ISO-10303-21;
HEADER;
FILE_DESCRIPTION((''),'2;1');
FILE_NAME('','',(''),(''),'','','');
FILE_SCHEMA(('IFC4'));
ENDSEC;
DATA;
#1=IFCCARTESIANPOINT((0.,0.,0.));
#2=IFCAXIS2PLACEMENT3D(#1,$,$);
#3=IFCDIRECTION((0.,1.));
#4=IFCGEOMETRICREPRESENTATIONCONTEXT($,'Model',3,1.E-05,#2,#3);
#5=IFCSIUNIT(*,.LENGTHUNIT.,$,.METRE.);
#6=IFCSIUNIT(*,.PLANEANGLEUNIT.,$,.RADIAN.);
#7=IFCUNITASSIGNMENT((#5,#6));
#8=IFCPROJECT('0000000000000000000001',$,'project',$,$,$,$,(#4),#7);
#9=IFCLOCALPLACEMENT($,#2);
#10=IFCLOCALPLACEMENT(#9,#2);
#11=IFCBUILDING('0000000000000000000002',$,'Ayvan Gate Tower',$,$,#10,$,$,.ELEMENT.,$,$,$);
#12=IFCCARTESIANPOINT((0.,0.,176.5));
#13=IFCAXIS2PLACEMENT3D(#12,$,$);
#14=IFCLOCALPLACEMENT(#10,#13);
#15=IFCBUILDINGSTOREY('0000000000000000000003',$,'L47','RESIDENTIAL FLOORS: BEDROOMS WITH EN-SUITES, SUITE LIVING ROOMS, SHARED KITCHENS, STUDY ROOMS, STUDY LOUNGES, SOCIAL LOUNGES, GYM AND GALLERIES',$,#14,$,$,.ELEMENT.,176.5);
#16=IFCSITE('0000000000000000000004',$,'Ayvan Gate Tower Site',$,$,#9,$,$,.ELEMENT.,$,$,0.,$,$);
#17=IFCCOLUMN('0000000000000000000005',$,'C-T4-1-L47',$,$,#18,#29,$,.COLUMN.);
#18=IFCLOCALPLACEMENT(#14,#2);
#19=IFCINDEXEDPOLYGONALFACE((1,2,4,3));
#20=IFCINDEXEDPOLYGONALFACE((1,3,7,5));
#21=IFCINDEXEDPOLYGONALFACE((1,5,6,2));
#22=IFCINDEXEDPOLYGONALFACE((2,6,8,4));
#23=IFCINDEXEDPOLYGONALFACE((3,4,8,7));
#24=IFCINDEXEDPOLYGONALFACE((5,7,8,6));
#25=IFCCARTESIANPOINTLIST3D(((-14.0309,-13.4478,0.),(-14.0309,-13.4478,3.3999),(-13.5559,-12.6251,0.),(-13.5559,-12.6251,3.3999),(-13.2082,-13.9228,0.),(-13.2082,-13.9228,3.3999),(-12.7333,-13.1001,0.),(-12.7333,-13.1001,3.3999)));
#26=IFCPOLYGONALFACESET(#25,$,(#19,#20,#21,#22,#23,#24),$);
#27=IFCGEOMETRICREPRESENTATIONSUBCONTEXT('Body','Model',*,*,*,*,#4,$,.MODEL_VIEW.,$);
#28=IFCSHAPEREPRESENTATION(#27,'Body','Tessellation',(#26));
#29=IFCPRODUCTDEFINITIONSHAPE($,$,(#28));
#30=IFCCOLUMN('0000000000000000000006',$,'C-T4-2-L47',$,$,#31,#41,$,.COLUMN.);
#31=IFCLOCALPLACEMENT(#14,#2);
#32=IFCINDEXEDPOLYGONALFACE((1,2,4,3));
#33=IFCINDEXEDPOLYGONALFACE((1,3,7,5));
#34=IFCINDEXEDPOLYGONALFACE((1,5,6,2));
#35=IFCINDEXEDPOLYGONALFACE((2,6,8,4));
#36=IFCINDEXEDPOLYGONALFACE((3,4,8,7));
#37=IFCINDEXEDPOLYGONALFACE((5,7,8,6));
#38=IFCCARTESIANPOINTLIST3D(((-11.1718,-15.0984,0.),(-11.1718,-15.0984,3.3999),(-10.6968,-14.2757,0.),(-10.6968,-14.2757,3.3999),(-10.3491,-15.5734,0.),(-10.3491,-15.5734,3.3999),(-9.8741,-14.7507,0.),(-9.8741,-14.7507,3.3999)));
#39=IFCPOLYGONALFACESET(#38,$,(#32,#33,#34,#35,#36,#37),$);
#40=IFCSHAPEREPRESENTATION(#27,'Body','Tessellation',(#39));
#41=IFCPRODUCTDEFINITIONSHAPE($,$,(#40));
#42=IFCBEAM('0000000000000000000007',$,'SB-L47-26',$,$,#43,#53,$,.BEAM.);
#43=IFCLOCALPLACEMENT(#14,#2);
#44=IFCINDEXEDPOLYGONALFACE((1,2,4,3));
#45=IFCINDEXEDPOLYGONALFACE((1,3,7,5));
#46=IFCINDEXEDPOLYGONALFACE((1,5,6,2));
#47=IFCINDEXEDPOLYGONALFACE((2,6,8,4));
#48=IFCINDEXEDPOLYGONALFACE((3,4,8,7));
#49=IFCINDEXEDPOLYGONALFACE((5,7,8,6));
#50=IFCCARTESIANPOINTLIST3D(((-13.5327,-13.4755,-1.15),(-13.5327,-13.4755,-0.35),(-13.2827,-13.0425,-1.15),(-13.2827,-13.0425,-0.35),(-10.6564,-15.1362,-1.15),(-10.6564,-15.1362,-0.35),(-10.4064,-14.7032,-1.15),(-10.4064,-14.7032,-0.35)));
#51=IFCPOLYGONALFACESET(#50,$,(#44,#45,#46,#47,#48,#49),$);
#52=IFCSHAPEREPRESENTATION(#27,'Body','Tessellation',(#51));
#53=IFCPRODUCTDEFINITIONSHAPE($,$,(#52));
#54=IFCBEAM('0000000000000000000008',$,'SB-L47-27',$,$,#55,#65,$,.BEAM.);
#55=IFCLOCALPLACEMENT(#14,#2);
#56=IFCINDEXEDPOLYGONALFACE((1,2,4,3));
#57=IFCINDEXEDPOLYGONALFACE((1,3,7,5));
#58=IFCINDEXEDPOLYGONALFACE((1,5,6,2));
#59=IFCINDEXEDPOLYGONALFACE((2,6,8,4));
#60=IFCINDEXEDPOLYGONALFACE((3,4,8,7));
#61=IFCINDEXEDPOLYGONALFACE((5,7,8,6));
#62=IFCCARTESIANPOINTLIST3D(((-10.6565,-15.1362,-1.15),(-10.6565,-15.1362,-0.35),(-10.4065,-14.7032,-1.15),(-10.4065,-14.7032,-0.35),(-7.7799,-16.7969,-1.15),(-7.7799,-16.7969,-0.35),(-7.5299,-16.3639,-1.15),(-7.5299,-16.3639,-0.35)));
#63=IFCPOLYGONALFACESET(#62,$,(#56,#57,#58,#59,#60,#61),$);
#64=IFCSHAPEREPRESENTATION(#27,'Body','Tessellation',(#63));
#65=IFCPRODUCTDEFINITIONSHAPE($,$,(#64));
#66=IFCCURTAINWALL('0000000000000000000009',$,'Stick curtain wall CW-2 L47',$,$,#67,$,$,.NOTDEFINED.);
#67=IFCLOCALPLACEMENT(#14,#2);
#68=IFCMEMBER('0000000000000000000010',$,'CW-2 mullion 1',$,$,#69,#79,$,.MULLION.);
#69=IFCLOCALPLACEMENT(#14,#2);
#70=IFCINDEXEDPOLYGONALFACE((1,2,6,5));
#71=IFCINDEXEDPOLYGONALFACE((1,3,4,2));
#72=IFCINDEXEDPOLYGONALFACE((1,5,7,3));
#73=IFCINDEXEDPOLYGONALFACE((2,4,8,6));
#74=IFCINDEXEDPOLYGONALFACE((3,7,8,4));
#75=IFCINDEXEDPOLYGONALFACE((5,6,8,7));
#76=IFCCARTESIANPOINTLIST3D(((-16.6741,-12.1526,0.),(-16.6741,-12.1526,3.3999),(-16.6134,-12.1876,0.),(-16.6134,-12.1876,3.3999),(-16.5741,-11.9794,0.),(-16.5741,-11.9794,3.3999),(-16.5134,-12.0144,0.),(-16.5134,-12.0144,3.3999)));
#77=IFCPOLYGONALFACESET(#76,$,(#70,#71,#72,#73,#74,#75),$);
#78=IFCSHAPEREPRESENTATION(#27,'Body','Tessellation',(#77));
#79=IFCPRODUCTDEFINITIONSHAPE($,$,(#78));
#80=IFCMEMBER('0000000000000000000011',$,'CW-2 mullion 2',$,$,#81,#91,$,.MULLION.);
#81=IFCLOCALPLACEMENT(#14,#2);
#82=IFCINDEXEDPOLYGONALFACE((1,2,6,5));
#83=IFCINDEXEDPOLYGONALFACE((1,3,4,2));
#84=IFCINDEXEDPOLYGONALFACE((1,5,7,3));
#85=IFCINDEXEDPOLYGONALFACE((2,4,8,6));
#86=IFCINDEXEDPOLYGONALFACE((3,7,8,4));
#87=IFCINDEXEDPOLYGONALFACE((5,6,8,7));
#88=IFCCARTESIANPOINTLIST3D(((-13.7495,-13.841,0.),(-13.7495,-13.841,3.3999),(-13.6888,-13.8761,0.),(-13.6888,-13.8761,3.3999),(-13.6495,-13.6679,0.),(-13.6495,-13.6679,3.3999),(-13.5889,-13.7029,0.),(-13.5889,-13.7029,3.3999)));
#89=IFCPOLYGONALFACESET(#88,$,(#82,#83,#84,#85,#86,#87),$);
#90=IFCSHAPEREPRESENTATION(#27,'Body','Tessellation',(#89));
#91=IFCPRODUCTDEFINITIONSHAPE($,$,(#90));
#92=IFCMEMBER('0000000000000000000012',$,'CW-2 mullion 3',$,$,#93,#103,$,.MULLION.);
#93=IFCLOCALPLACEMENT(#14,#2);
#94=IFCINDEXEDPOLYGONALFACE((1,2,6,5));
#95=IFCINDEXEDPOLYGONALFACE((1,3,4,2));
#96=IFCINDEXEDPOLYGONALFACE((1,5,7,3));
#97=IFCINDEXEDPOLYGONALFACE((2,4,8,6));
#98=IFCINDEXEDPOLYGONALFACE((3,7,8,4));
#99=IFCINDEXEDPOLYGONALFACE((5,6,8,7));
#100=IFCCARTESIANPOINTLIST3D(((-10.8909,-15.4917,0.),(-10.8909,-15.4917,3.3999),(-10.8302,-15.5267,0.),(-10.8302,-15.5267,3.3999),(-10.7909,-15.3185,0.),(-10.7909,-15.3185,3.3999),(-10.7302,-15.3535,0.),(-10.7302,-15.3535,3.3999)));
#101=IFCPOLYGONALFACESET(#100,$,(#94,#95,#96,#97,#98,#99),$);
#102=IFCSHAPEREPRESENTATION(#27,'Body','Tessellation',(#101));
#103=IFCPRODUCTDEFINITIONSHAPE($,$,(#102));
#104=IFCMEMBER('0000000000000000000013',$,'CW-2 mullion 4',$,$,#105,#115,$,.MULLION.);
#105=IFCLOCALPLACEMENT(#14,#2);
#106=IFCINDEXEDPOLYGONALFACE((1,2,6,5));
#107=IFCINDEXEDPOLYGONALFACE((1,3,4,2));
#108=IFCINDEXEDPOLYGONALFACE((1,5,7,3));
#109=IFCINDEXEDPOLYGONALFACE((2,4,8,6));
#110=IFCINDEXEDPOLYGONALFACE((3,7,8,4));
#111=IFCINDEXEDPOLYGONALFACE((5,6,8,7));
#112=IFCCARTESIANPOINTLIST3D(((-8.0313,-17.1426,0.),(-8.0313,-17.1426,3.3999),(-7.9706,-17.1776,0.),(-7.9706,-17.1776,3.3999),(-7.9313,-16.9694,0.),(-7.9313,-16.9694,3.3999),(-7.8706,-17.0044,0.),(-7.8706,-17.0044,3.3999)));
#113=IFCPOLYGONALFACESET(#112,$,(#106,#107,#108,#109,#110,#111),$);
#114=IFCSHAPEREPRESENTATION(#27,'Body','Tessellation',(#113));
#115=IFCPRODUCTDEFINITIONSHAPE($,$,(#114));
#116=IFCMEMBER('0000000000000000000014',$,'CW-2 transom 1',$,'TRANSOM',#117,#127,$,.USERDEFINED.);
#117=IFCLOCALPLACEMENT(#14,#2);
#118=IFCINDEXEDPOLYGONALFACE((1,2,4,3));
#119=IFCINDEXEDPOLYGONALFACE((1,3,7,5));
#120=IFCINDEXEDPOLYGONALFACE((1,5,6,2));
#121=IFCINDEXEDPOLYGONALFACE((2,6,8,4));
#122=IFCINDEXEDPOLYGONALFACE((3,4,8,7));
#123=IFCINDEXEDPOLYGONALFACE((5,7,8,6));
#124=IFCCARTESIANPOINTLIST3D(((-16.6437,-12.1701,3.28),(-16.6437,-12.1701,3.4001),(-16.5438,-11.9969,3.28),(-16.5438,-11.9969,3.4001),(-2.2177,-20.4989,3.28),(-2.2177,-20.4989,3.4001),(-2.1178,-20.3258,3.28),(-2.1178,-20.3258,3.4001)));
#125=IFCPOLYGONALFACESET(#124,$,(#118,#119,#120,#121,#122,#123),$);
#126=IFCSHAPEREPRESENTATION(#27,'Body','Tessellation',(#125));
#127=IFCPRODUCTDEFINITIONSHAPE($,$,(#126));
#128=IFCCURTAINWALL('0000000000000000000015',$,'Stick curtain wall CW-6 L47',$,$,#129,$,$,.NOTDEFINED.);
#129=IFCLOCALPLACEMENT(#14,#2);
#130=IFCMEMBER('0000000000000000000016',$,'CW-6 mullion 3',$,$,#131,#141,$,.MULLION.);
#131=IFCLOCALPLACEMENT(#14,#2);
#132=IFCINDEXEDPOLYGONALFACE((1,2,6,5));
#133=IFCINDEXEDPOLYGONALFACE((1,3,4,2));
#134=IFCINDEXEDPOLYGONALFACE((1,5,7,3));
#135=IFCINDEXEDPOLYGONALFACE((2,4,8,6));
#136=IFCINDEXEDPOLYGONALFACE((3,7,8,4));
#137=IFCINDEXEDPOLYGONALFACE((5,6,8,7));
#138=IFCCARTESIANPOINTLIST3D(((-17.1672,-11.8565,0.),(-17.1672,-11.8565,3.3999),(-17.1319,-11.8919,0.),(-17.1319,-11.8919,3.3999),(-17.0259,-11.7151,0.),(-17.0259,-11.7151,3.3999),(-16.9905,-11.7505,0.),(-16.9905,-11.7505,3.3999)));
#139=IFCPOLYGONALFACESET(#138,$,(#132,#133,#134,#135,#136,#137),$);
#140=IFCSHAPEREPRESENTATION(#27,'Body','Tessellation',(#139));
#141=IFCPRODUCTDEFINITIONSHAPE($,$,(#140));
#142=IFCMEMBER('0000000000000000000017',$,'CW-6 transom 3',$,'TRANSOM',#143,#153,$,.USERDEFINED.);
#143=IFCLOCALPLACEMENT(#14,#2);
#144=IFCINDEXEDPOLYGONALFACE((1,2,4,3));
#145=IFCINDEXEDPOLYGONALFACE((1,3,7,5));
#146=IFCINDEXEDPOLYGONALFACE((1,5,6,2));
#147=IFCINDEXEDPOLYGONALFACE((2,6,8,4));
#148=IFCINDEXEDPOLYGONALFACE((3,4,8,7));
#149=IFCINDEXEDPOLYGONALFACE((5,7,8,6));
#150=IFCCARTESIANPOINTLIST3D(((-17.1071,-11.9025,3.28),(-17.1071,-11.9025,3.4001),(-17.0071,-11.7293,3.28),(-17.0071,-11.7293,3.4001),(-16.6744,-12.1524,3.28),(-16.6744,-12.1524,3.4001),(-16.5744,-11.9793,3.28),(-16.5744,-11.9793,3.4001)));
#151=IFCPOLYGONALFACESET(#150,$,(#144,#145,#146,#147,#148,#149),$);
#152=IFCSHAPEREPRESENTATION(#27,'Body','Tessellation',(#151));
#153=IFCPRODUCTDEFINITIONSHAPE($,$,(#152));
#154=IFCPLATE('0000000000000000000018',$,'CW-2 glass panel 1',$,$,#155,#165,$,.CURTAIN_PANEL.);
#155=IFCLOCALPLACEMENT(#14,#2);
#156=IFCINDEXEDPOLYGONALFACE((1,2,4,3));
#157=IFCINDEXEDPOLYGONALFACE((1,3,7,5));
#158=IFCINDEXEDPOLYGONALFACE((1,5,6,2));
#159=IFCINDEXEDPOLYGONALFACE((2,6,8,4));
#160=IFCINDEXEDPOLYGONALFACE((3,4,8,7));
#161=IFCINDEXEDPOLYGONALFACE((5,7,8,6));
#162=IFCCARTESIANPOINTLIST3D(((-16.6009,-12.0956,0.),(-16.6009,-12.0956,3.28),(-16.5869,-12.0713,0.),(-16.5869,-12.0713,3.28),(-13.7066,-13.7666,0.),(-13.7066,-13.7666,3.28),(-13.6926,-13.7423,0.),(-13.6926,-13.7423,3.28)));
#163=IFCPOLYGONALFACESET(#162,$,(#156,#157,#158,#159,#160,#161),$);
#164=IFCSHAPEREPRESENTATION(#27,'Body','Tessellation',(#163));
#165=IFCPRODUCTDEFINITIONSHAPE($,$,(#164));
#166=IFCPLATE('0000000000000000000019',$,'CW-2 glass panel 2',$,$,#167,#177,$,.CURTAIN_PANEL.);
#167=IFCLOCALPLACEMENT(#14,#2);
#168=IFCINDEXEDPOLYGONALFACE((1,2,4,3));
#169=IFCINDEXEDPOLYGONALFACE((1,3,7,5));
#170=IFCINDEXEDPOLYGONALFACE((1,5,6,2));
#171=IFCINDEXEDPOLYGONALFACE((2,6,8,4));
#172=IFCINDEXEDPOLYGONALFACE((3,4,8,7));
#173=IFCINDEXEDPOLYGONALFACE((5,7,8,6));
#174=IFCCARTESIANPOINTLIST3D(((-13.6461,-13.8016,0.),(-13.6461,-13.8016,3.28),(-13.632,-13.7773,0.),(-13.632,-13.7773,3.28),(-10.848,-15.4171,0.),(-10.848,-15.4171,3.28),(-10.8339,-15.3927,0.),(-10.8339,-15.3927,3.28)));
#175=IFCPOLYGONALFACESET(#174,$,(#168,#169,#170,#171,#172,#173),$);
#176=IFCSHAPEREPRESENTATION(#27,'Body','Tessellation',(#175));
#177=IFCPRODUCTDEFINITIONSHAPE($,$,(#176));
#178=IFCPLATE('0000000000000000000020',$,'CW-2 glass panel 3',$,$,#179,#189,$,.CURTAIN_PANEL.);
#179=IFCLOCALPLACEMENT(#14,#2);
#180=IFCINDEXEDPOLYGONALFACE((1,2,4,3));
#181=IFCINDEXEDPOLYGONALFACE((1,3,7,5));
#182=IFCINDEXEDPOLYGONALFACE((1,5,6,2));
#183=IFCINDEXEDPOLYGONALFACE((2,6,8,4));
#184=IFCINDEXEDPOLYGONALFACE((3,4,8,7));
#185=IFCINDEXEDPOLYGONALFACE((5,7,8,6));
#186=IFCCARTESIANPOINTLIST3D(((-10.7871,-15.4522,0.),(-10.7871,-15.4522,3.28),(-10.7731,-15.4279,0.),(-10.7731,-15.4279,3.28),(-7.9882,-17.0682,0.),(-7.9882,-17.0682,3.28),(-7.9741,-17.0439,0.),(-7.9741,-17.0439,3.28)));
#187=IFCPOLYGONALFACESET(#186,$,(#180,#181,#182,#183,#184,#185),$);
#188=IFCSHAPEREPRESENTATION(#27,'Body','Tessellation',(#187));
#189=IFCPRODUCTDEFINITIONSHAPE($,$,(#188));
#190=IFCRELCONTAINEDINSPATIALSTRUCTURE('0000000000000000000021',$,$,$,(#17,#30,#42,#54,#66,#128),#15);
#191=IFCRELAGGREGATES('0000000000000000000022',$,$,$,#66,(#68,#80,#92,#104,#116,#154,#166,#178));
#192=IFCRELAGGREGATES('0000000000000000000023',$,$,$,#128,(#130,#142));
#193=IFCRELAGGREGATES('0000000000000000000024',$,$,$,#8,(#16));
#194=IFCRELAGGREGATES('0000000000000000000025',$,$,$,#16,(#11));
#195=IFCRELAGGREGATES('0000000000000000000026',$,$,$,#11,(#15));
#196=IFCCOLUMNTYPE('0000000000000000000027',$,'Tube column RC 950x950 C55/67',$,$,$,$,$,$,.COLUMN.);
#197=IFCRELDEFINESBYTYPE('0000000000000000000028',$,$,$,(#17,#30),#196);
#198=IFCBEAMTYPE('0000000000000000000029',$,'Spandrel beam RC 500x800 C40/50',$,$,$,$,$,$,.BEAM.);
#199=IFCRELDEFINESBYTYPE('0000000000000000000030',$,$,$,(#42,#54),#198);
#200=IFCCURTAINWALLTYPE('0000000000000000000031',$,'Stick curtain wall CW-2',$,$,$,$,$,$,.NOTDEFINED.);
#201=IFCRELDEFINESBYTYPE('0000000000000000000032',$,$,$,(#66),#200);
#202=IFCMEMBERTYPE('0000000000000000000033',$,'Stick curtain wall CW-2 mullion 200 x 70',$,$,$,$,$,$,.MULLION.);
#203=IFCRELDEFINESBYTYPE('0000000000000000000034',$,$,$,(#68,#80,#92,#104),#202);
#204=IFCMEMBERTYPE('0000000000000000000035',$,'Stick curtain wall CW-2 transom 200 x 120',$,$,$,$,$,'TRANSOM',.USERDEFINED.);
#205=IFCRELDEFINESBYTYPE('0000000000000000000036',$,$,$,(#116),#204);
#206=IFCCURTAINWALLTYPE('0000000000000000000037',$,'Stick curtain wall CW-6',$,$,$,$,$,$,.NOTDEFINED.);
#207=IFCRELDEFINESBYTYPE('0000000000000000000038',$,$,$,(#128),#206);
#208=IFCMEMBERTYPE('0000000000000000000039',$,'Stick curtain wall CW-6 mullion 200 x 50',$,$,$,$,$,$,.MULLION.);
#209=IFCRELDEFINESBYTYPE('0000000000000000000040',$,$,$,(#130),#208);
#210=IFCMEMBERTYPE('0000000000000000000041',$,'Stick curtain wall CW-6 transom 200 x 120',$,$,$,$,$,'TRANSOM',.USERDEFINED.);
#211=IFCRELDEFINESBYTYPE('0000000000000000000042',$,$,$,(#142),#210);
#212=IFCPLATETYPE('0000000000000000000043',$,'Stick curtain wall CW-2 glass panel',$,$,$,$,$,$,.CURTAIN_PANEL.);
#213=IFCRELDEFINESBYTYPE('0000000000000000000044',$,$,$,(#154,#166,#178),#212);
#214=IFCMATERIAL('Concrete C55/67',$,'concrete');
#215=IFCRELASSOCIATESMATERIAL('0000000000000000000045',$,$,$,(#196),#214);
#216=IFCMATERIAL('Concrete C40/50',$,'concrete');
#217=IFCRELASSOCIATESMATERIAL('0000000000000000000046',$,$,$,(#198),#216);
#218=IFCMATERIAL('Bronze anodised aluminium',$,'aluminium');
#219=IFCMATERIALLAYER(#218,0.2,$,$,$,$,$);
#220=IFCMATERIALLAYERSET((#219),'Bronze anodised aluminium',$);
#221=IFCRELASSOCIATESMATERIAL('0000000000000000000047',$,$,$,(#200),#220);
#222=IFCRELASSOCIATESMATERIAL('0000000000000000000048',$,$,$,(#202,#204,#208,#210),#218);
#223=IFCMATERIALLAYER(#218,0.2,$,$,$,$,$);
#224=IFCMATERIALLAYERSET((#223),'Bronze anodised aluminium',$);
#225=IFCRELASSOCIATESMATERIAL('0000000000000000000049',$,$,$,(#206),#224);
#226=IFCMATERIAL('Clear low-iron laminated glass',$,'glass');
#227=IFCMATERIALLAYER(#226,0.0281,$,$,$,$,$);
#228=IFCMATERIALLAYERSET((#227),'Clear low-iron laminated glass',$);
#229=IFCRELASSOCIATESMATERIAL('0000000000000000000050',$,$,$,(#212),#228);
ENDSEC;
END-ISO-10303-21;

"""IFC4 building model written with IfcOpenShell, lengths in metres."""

from ifc_helpers import new_model, si_unit, direction, frame, origin, origin_2d, place, context, subcontext, project, spatial, rectangle, extrude, material, layer, layer_set, material_profile, profile_set, type_object, element, aggregate, save


model = new_model("IFC4")

# Units and contexts
model_context = context("Model", 3, precision=1e-05, world=origin(), true_north=direction((0.0, 1.0)))
body_context = subcontext(model_context, "Body", "Model", "MODEL_VIEW")
ifc_project = project(units=[si_unit("LENGTHUNIT", "METRE"), si_unit("PLANEANGLEUNIT", "RADIAN")], contexts=[model_context])

# Site, building, storey
site_placement = place(None, origin())
site = spatial("IfcSite", under=ifc_project, at=site_placement, Name="Ayvan Gate Tower Site", CompositionType="ELEMENT", RefElevation=0.0)
building_placement = place(site_placement, origin())
building = spatial("IfcBuilding", under=site, at=building_placement, Name="Ayvan Gate Tower", CompositionType="ELEMENT")
storey_placement = place(building_placement, frame((0.0, 0.0, 176.5)))
storey = spatial("IfcBuildingStorey", under=building, at=storey_placement, Name="L47", Description="RESIDENTIAL FLOORS: BEDROOMS WITH EN-SUITES, SUITE LIVING ROOMS, SHARED KITCHENS, STUDY ROOMS, STUDY LOUNGES, SOCIAL LOUNGES, GYM AND GALLERIES", CompositionType="ELEMENT", Elevation=176.5)

# Columns
ifc_material_1 = material(Name="Concrete C55/67", Category="concrete")
ifc_material_profile_1 = material_profile(ifc_material_1, rectangle(XDim=0.95, YDim=0.95, at=origin_2d()), Name="RC 950x950")
ifc_profile_set_1 = profile_set([ifc_material_profile_1], Name="Concrete C55/67")
column_type = type_object("IfcColumnType", Name="Tube column RC 950x950 C55/67", PredefinedType="COLUMN", material=ifc_profile_set_1)
for number, where, z_axis, x_axis, name in (
    (1, (-13.3821, -13.2739, 0.0), (0.0, 0.0, 1.0), (-0.5, -0.866025, 0.0), "C-T4-1-L47"),
    (2, (-10.5229, -14.9246, 0.0), (0.0, 0.0, 1.0), (-0.5, -0.866025, 0.0), "C-T4-2-L47"),
):
    element("IfcColumn", number, at=place(storey_placement, frame(where, z_axis=z_axis, x_axis=x_axis)), inside=storey, type_object=column_type, Name=name, PredefinedType="COLUMN", context=body_context, shape_type="SweptSolid", body=[
        extrude(rectangle(XDim=0.95, YDim=0.95, at=origin_2d()), origin(), (0.0, 0.0, 1.0), 3.3999),
    ])

# Beams
ifc_material_2 = material(Name="Concrete C40/50", Category="concrete")
ifc_material_profile_2 = material_profile(ifc_material_2, rectangle(XDim=0.5, YDim=0.8, at=origin_2d()), Name="RC 500x800")
ifc_profile_set_2 = profile_set([ifc_material_profile_2], Name="Concrete C40/50")
beam_type = type_object("IfcBeamType", Name="Spandrel beam RC 500x800 C40/50", PredefinedType="BEAM", material=ifc_profile_set_2)
beam_1_placement = place(storey_placement, frame((-13.4077, -13.259, -0.75), z_axis=(0.866018, -0.500013, 0.0), x_axis=(0.500013, 0.866018, 0.0)))
element("IfcBeam", 3, at=beam_1_placement, inside=storey, type_object=beam_type, Name="SB-L47-26", PredefinedType="BEAM", context=body_context, shape_type="SweptSolid", body=[
    extrude(rectangle(XDim=0.5, YDim=0.8, at=origin_2d()), origin(), (0.0, 0.0, 1.0), 3.3213),
])
beam_2_placement = place(storey_placement, frame((-10.5315, -14.9197, -0.75), z_axis=(0.866036, -0.499981, 0.0), x_axis=(0.499981, 0.866036, 0.0)))
element("IfcBeam", 4, at=beam_2_placement, inside=storey, type_object=beam_type, Name="SB-L47-27", PredefinedType="BEAM", context=body_context, shape_type="SweptSolid", body=[
    extrude(rectangle(XDim=0.5, YDim=0.8, at=origin_2d()), origin(), (0.0, 0.0, 1.0), 3.3215),
])

# Curtain walls, members
ifc_material_3 = material(Name="Bronze anodised aluminium", Category="aluminium")
ifc_layer_1 = layer(ifc_material_3, 0.2)
ifc_layer_set_1 = layer_set([ifc_layer_1], Name="Bronze anodised aluminium")
curtain_wall_type_1 = type_object("IfcCurtainWallType", Name="Stick curtain wall CW-2", PredefinedType="NOTDEFINED", material=ifc_layer_set_1)
curtain_wall_1_placement = place(storey_placement, origin())
curtain_wall_1 = element("IfcCurtainWall", 5, at=curtain_wall_1_placement, inside=storey, type_object=curtain_wall_type_1, Name="Stick curtain wall CW-2 L47", PredefinedType="NOTDEFINED")
ifc_material_profile_3 = material_profile(ifc_material_3, rectangle(XDim=0.2, YDim=0.0701, at=origin_2d()), Name="Stick curtain wall CW-2 mullion 200 x 70")
ifc_profile_set_3 = profile_set([ifc_material_profile_3], Name="Bronze anodised aluminium")
member_type_1 = type_object("IfcMemberType", Name="Stick curtain wall CW-2 mullion 200 x 70", PredefinedType="MULLION", material=ifc_profile_set_3)
member_1_placement = place(storey_placement, frame((-16.5938, -12.0835, 0.0), z_axis=(0.0, 0.0, 1.0), x_axis=(-0.5, -0.866025, 0.0)))
member_1 = element("IfcMember", 6, at=member_1_placement, type_object=member_type_1, Name="CW-2 mullion 1", PredefinedType="MULLION", context=body_context, shape_type="SweptSolid", body=[
    extrude(rectangle(XDim=0.2, YDim=0.0701, at=origin_2d()), origin(), (0.0, 0.0, 1.0), 3.3999),
])
member_2_placement = place(storey_placement, frame((-13.6692, -13.772, 0.0), z_axis=(0.0, 0.0, 1.0), x_axis=(-0.5, -0.866025, 0.0)))
member_2 = element("IfcMember", 7, at=member_2_placement, type_object=member_type_1, Name="CW-2 mullion 2", PredefinedType="MULLION", context=body_context, shape_type="SweptSolid", body=[
    extrude(rectangle(XDim=0.2, YDim=0.0701, at=origin_2d()), origin(), (0.0, 0.0, 1.0), 3.3999),
])
member_3_placement = place(storey_placement, frame((-10.8105, -15.4226, 0.0), z_axis=(0.0, 0.0, 1.0), x_axis=(-0.5, -0.866025, 0.0)))
member_3 = element("IfcMember", 8, at=member_3_placement, type_object=member_type_1, Name="CW-2 mullion 3", PredefinedType="MULLION", context=body_context, shape_type="SweptSolid", body=[
    extrude(rectangle(XDim=0.2, YDim=0.0701, at=origin_2d()), origin(), (0.0, 0.0, 1.0), 3.3999),
])
member_4_placement = place(storey_placement, frame((-7.9509, -17.0735, 0.0), z_axis=(0.0, 0.0, 1.0), x_axis=(-0.5, -0.866025, 0.0)))
member_4 = element("IfcMember", 9, at=member_4_placement, type_object=member_type_1, Name="CW-2 mullion 4", PredefinedType="MULLION", context=body_context, shape_type="SweptSolid", body=[
    extrude(rectangle(XDim=0.2, YDim=0.0701, at=origin_2d()), origin(), (0.0, 0.0, 1.0), 3.3999),
])
ifc_material_profile_4 = material_profile(ifc_material_3, rectangle(XDim=0.2, YDim=0.1201, at=origin_2d()), Name="Stick curtain wall CW-2 transom 200 x 120")
ifc_profile_set_4 = profile_set([ifc_material_profile_4], Name="Bronze anodised aluminium")
member_type_2 = type_object("IfcMemberType", Name="Stick curtain wall CW-2 transom 200 x 120", ElementType="TRANSOM", PredefinedType="USERDEFINED", material=ifc_profile_set_4)
member_5_placement = place(storey_placement, frame((-16.5938, -12.0835, 3.3401), z_axis=(0.866026, -0.499999, 0.0), x_axis=(0.499999, 0.866026, 0.0)))
member_5 = element("IfcMember", 10, at=member_5_placement, type_object=member_type_2, Name="CW-2 transom 1", ObjectType="TRANSOM", PredefinedType="USERDEFINED", context=body_context, shape_type="SweptSolid", body=[
    extrude(rectangle(XDim=0.2, YDim=0.1201, at=origin_2d()), origin(), (0.0, 0.0, 1.0), 16.6577),
])
ifc_layer_2 = layer(ifc_material_3, 0.2)
ifc_layer_set_2 = layer_set([ifc_layer_2], Name="Bronze anodised aluminium")
curtain_wall_type_2 = type_object("IfcCurtainWallType", Name="Stick curtain wall CW-6", PredefinedType="NOTDEFINED", material=ifc_layer_set_2)
curtain_wall_2_placement = place(storey_placement, origin())
curtain_wall_2 = element("IfcCurtainWall", 11, at=curtain_wall_2_placement, inside=storey, type_object=curtain_wall_type_2, Name="Stick curtain wall CW-6 L47", PredefinedType="NOTDEFINED")
ifc_material_profile_5 = material_profile(ifc_material_3, rectangle(XDim=0.2, YDim=0.05, at=origin_2d()), Name="Stick curtain wall CW-6 mullion 200 x 50")
ifc_profile_set_5 = profile_set([ifc_material_profile_5], Name="Bronze anodised aluminium")
member_type_3 = type_object("IfcMemberType", Name="Stick curtain wall CW-6 mullion 200 x 50", PredefinedType="MULLION", material=ifc_profile_set_5)
member_6_placement = place(storey_placement, frame((-17.0789, -11.8035, 0.0), z_axis=(0.0, 0.0, 1.0), x_axis=(-0.707107, -0.707107, 0.0)))
member_6 = element("IfcMember", 12, at=member_6_placement, type_object=member_type_3, Name="CW-6 mullion 3", PredefinedType="MULLION", context=body_context, shape_type="SweptSolid", body=[
    extrude(rectangle(XDim=0.2, YDim=0.05, at=origin_2d()), origin(), (0.0, 0.0, 1.0), 3.3999),
])
ifc_material_profile_6 = material_profile(ifc_material_3, rectangle(XDim=0.2, YDim=0.1201, at=origin_2d()), Name="Stick curtain wall CW-6 transom 200 x 120")
ifc_profile_set_6 = profile_set([ifc_material_profile_6], Name="Bronze anodised aluminium")
member_type_4 = type_object("IfcMemberType", Name="Stick curtain wall CW-6 transom 200 x 120", ElementType="TRANSOM", PredefinedType="USERDEFINED", material=ifc_profile_set_6)
member_7_placement = place(storey_placement, frame((-17.0571, -11.8159, 3.3401), z_axis=(0.86595, -0.500131, 0.0), x_axis=(0.500131, 0.86595, 0.0)))
member_7 = element("IfcMember", 13, at=member_7_placement, type_object=member_type_4, Name="CW-6 transom 3", ObjectType="TRANSOM", PredefinedType="USERDEFINED", context=body_context, shape_type="SweptSolid", body=[
    extrude(rectangle(XDim=0.2, YDim=0.1201, at=origin_2d()), origin(), (0.0, 0.0, 1.0), 0.4998),
])

# Plates
ifc_material_4 = material(Name="Clear low-iron laminated glass", Category="glass")
ifc_layer_3 = layer(ifc_material_4, 0.0281)
ifc_layer_set_3 = layer_set([ifc_layer_3], Name="Clear low-iron laminated glass")
plate_type_1 = type_object("IfcPlateType", Name="Stick curtain wall CW-2 glass panel", PredefinedType="CURTAIN_PANEL", material=ifc_layer_set_3)
plate_1_placement = place(storey_placement, frame((-15.1467, -12.9189, 0.0), z_axis=(0.0, 0.0, 1.0), x_axis=(0.866025, -0.5, 0.0)))
plate_1 = element("IfcPlate", 14, at=plate_1_placement, type_object=plate_type_1, Name="CW-2 glass panel 1", PredefinedType="CURTAIN_PANEL", context=body_context, shape_type="SweptSolid", body=[
    extrude(rectangle(XDim=3.342, YDim=0.0281, at=origin_2d()), origin(), (0.0, 0.0, 1.0), 3.28),
])
plate_2_placement = place(storey_placement, frame((-12.24, -14.5972, 0.0), z_axis=(0.0, 0.0, 1.0), x_axis=(0.866025, -0.5, 0.0)))
plate_2 = element("IfcPlate", 15, at=plate_2_placement, type_object=plate_type_1, Name="CW-2 glass panel 2", PredefinedType="CURTAIN_PANEL", context=body_context, shape_type="SweptSolid", body=[
    extrude(rectangle(XDim=3.231, YDim=0.0281, at=origin_2d()), origin(), (0.0, 0.0, 1.0), 3.28),
])
plate_3_placement = place(storey_placement, frame((-9.3806, -16.248, 0.0), z_axis=(0.0, 0.0, 1.0), x_axis=(0.866025, -0.5, 0.0)))
plate_3 = element("IfcPlate", 16, at=plate_3_placement, type_object=plate_type_1, Name="CW-2 glass panel 3", PredefinedType="CURTAIN_PANEL", context=body_context, shape_type="SweptSolid", body=[
    extrude(rectangle(XDim=3.2319, YDim=0.0281, at=origin_2d()), origin(), (0.0, 0.0, 1.0), 3.28),
])
aggregate(curtain_wall_1, [member_1, member_2, member_3, member_4, member_5, plate_1, plate_2, plate_3])
aggregate(curtain_wall_2, [member_6, member_7])

save(model, "model.ifc")
